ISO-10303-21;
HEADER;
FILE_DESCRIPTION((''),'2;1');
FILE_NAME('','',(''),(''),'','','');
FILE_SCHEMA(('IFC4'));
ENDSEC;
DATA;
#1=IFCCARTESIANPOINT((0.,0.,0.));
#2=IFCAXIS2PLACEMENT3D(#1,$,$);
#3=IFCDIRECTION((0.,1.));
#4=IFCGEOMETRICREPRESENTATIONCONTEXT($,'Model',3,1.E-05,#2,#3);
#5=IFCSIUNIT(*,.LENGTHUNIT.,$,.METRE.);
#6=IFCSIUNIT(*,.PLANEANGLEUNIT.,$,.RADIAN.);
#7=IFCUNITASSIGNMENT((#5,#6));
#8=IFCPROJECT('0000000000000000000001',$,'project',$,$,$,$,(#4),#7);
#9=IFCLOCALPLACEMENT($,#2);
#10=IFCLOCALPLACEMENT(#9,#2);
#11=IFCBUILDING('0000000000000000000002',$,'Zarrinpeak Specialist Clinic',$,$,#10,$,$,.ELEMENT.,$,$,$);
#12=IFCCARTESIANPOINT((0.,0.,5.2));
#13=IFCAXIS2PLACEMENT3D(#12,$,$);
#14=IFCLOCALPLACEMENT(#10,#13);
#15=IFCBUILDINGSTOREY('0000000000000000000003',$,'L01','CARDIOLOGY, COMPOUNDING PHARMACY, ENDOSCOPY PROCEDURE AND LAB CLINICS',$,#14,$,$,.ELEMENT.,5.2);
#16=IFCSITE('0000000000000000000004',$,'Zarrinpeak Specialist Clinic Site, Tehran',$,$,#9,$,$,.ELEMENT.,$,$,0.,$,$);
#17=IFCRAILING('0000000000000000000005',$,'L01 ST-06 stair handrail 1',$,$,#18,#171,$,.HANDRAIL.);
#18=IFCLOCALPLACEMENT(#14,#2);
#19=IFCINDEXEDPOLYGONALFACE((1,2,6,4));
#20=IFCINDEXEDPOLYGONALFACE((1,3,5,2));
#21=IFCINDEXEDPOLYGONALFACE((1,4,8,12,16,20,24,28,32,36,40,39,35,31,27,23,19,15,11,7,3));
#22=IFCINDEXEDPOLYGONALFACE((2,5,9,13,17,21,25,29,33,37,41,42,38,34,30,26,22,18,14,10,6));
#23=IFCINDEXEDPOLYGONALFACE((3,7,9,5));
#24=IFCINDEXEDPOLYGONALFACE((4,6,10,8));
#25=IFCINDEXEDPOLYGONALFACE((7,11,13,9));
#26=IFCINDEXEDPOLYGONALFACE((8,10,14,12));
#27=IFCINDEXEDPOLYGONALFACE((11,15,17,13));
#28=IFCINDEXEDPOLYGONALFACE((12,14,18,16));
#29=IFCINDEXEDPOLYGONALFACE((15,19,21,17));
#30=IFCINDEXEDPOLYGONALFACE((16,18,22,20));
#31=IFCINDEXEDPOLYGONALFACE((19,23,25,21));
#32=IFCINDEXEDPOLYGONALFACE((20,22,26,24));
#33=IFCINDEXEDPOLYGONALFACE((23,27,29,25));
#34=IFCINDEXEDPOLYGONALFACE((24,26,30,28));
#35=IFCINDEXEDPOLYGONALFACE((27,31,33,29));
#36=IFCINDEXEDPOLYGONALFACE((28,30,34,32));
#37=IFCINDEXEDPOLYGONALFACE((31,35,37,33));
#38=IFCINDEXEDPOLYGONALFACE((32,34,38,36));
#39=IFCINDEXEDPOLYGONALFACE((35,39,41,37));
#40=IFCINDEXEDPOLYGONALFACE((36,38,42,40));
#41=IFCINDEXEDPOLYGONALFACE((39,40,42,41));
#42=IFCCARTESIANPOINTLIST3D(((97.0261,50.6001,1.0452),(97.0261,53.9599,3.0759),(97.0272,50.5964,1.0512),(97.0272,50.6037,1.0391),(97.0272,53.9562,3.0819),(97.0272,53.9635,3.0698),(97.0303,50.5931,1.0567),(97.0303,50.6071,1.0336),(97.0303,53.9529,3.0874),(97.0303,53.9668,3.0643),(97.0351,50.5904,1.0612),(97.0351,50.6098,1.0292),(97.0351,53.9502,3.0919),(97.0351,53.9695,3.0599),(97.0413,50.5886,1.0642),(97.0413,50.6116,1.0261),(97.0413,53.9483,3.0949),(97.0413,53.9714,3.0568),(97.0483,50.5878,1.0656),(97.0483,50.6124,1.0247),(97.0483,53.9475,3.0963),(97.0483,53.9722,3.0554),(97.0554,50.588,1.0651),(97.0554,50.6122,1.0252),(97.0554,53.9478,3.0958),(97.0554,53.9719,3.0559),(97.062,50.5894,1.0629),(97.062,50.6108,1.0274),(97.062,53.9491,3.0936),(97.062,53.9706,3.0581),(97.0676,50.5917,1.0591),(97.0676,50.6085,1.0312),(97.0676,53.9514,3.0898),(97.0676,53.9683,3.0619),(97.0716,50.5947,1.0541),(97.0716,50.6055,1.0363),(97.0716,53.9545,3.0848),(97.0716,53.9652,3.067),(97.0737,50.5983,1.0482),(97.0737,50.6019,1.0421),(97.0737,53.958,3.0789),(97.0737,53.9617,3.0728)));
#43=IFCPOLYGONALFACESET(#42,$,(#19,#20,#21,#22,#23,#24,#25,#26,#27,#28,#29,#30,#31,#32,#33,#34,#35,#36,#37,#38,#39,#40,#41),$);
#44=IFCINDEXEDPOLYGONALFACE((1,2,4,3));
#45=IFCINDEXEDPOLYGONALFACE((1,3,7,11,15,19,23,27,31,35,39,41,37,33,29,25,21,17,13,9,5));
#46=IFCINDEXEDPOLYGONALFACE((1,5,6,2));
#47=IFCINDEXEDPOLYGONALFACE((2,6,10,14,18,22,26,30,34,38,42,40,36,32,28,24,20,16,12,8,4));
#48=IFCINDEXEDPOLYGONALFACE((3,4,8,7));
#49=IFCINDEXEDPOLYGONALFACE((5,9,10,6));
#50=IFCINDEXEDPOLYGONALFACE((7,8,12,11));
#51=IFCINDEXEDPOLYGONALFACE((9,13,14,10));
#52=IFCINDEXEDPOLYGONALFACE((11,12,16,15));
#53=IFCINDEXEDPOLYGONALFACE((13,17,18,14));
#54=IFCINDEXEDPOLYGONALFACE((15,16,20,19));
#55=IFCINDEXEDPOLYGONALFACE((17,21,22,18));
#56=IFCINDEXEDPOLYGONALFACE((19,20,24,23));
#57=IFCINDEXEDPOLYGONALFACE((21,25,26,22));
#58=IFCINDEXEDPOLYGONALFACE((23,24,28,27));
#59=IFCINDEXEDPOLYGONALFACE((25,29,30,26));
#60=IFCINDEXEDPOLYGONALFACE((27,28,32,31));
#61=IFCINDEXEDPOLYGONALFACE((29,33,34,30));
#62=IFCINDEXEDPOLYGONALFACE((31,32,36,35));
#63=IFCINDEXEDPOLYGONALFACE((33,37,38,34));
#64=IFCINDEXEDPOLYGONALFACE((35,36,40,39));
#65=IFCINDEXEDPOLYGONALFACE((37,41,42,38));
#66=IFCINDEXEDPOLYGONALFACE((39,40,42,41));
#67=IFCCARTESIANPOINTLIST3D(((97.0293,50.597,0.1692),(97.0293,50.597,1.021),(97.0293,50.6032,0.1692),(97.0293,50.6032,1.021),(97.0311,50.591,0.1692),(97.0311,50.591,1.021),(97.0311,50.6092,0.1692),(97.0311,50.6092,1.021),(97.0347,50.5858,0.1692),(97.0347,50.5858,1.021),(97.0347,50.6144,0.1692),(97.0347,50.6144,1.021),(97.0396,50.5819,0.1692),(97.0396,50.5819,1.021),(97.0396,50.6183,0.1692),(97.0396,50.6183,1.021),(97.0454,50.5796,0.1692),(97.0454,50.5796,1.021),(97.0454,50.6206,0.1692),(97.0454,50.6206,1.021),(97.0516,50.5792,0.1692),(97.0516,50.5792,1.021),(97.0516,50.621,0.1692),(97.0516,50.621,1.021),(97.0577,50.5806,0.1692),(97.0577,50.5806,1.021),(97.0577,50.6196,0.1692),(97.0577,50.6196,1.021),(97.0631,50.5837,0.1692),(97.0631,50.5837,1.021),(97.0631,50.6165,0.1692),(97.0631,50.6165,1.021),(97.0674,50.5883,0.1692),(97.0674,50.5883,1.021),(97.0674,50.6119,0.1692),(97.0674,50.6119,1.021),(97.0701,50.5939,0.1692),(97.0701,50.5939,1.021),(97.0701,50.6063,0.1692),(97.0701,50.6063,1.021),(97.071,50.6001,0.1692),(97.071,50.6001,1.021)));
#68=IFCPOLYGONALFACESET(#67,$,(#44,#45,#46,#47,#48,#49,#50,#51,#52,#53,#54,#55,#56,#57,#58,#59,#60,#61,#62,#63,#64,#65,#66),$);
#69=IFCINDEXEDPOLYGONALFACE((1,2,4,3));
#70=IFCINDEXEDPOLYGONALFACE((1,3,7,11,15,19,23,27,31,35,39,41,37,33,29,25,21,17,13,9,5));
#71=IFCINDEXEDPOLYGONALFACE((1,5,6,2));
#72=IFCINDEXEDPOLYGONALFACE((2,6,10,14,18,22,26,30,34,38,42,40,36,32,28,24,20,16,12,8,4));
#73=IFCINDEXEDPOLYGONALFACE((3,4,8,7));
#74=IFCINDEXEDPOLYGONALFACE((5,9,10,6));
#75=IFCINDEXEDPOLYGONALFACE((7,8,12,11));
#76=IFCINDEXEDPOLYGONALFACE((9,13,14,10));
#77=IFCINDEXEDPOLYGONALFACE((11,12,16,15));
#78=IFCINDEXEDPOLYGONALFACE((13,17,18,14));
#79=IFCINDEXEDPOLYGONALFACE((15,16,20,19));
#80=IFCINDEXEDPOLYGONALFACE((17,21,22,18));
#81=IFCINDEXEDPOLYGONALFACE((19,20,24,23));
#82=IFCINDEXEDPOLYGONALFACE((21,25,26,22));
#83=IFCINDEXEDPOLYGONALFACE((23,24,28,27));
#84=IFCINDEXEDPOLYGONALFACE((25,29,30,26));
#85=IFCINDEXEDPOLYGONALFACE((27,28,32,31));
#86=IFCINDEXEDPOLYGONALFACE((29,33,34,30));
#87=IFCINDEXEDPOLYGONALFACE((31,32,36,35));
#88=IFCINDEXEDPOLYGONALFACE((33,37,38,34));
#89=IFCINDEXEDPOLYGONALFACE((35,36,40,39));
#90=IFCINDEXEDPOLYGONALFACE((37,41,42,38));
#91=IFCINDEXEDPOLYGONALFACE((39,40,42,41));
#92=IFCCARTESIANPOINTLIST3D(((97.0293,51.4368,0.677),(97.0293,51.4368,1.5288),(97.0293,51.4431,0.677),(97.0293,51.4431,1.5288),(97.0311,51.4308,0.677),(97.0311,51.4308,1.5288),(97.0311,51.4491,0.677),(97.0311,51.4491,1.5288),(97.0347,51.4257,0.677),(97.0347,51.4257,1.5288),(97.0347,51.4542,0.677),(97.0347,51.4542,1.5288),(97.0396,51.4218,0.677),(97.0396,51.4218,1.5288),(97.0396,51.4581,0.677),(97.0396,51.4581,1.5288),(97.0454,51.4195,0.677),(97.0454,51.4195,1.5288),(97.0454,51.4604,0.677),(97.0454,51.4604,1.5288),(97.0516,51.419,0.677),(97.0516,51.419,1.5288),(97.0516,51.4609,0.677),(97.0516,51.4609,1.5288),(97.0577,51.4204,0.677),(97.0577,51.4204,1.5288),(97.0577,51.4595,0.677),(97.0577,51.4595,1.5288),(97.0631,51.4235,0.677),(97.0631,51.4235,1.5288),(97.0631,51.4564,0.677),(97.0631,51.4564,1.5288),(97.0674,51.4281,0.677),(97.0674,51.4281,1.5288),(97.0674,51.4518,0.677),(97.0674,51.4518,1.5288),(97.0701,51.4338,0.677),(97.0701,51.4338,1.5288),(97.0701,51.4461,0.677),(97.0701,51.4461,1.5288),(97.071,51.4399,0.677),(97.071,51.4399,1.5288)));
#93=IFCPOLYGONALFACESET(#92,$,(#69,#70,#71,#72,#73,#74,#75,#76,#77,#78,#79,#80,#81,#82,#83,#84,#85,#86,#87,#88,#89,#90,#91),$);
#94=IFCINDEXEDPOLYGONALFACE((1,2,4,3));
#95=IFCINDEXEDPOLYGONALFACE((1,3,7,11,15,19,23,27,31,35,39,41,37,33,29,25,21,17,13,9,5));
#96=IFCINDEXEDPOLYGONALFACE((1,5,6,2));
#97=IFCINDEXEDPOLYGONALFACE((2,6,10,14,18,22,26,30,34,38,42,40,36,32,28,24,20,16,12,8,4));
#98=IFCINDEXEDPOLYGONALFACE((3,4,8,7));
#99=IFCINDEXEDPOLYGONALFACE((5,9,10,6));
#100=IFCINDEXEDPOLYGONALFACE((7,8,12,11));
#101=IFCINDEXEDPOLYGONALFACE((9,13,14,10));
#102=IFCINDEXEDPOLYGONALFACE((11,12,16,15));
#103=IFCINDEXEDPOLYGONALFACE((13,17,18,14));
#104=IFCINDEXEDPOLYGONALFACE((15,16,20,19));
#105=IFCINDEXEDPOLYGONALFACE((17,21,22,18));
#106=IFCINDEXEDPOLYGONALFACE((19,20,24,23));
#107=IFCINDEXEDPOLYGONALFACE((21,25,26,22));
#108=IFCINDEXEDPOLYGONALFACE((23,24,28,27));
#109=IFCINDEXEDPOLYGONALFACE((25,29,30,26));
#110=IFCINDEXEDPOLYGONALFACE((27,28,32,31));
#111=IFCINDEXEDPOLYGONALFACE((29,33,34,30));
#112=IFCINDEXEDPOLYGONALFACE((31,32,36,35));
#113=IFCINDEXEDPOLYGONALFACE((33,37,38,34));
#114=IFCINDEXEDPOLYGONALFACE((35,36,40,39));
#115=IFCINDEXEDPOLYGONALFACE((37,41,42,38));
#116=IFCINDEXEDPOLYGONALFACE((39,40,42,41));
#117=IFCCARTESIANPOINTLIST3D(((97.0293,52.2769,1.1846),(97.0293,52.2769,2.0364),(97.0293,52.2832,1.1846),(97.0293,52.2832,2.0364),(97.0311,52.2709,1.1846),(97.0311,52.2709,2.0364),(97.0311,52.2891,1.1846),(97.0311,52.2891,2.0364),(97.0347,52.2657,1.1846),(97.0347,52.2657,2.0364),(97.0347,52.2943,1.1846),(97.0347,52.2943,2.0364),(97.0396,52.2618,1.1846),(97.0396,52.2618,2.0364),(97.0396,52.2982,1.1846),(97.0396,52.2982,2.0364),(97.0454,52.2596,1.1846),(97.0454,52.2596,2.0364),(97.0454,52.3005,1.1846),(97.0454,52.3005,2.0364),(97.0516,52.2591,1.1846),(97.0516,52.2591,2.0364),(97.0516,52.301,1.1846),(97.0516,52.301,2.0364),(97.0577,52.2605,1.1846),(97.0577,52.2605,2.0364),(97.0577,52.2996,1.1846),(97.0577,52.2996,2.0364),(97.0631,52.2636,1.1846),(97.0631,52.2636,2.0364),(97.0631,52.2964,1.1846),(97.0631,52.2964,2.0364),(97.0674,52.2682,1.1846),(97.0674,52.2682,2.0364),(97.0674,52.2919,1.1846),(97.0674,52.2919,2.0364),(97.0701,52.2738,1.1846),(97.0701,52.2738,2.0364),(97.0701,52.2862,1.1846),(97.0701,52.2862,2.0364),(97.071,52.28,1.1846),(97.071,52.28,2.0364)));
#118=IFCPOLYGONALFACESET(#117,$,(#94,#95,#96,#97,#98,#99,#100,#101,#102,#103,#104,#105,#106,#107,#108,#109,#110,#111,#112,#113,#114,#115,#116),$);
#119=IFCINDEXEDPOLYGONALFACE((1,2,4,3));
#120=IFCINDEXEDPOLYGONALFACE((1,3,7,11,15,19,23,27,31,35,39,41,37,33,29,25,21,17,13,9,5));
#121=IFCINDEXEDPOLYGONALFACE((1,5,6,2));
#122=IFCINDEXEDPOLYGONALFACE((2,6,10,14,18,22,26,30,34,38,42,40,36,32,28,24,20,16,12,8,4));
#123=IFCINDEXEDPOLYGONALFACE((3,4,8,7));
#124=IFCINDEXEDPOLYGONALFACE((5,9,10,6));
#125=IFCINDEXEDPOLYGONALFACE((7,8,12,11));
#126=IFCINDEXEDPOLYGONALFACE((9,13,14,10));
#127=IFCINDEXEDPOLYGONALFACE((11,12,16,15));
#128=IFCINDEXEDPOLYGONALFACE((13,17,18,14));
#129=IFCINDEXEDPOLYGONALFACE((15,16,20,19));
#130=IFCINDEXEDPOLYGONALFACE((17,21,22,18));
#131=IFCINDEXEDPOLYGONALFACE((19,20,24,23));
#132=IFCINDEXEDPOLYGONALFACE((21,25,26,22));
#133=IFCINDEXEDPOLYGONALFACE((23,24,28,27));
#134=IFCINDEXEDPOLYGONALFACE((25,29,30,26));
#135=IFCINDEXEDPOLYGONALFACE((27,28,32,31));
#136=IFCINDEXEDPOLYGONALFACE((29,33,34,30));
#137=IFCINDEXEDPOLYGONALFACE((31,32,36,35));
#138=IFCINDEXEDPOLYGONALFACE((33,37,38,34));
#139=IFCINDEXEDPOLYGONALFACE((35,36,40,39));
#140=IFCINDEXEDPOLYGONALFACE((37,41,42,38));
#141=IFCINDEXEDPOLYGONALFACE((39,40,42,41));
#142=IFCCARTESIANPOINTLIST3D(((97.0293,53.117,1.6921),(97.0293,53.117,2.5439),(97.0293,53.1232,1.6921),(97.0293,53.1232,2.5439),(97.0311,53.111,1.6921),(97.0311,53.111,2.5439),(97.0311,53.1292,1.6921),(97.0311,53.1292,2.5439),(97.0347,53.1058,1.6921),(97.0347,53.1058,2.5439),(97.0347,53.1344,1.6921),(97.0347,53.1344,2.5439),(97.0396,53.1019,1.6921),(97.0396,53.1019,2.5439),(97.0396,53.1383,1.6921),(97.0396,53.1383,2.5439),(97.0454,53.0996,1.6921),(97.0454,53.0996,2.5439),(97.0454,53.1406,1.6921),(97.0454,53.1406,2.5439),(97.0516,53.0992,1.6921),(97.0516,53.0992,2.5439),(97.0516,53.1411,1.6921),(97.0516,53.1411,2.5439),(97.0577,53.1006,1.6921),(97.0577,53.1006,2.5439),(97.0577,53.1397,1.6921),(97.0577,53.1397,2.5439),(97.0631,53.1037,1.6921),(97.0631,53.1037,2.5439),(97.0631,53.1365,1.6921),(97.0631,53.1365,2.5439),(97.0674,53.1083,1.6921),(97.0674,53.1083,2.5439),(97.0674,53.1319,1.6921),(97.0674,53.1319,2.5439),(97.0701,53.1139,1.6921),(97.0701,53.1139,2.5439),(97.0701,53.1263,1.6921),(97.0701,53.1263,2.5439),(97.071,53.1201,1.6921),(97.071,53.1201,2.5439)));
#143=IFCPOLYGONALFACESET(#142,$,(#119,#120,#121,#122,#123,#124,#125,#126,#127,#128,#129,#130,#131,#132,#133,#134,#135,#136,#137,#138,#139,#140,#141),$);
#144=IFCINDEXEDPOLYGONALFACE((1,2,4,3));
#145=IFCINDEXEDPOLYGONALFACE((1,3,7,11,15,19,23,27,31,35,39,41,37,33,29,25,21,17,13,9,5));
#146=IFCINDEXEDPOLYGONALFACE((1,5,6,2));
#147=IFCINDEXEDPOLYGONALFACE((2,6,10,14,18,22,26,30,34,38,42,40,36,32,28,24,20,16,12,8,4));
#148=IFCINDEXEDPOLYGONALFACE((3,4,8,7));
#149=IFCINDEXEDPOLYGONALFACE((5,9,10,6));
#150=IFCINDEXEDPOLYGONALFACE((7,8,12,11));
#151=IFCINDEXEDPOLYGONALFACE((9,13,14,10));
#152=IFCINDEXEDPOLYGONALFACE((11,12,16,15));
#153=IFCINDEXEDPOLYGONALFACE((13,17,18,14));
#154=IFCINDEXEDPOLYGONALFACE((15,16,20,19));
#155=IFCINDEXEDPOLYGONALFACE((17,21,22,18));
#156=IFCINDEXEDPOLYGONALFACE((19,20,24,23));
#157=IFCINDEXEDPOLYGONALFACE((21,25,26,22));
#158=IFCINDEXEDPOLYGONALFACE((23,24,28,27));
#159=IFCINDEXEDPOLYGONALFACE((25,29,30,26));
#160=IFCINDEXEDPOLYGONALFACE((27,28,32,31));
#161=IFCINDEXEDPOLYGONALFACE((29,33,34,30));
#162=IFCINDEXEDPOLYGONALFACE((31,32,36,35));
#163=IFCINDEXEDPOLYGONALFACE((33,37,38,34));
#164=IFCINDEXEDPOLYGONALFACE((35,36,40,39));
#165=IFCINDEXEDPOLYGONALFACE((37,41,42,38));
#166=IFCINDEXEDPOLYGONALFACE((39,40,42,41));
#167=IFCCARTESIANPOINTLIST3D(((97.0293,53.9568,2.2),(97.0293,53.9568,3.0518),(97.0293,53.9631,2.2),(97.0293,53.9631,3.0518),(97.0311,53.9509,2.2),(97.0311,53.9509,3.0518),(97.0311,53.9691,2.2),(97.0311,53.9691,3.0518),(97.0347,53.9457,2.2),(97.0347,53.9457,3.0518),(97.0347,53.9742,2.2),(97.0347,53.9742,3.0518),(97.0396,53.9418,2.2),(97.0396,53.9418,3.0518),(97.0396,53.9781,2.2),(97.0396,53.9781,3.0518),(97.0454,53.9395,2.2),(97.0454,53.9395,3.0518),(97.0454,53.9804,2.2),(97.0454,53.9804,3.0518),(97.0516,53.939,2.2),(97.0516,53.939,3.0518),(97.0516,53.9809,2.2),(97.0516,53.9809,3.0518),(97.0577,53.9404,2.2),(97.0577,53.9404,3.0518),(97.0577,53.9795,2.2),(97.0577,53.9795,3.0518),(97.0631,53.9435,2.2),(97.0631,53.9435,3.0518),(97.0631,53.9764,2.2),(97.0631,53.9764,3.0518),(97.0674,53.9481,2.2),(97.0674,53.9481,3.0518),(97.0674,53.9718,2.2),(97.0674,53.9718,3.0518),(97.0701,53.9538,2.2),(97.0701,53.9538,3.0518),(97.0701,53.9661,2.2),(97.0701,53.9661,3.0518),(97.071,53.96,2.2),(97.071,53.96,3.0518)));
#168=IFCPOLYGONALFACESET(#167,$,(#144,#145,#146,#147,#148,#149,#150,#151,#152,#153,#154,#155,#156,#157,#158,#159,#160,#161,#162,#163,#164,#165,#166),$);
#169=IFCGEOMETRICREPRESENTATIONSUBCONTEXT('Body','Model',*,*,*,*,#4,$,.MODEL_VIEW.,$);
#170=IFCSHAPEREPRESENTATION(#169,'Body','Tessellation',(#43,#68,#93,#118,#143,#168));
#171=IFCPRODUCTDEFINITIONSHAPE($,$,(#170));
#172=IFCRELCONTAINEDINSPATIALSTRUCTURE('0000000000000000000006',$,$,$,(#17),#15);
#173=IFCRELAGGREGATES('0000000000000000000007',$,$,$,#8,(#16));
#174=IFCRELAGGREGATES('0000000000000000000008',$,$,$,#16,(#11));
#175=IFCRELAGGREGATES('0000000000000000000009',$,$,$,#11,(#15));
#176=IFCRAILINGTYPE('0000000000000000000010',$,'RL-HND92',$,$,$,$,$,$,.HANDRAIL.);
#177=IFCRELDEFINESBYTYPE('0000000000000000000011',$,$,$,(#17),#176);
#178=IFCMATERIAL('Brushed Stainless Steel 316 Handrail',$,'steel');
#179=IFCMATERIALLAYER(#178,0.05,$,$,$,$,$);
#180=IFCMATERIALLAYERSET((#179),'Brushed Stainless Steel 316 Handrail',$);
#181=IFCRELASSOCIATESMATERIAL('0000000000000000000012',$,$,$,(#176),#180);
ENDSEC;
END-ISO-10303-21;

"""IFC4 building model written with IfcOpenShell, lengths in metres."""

from ifc_helpers import new_model, si_unit, direction, frame, origin, origin_2d, place, context, subcontext, project, spatial, circle, extrude, material, layer, layer_set, type_object, element, save


model = new_model("IFC4")

# Units and contexts
model_context = context("Model", 3, precision=1e-05, world=origin(), true_north=direction((0.0, 1.0)))
body_context = subcontext(model_context, "Body", "Model", "MODEL_VIEW")
ifc_project = project(units=[si_unit("LENGTHUNIT", "METRE"), si_unit("PLANEANGLEUNIT", "RADIAN")], contexts=[model_context])

# Site, building, storey
site_placement = place(None, origin())
site = spatial("IfcSite", under=ifc_project, at=site_placement, Name="Zarrinpeak Specialist Clinic Site, Tehran", CompositionType="ELEMENT", RefElevation=0.0)
building_placement = place(site_placement, origin())
building = spatial("IfcBuilding", under=site, at=building_placement, Name="Zarrinpeak Specialist Clinic", CompositionType="ELEMENT")
storey_placement = place(building_placement, frame((0.0, 0.0, 5.2)))
storey = spatial("IfcBuildingStorey", under=building, at=storey_placement, Name="L01", Description="CARDIOLOGY, COMPOUNDING PHARMACY, ENDOSCOPY PROCEDURE AND LAB CLINICS", CompositionType="ELEMENT", Elevation=5.2)

# Railing
ifc_material_1 = material(Name="Brushed Stainless Steel 316 Handrail", Category="steel")
ifc_layer_1 = layer(ifc_material_1, 0.05)
ifc_layer_set_1 = layer_set([ifc_layer_1], Name="Brushed Stainless Steel 316 Handrail")
railing_type_1 = type_object("IfcRailingType", Name="RL-HND92", PredefinedType="HANDRAIL", material=ifc_layer_set_1)
railing_1_placement = place(storey_placement, frame((97.05, 50.6001, 0.1692)))
element("IfcRailing", 1, at=railing_1_placement, inside=storey, type_object=railing_type_1, Name="L01 ST-06 stair handrail 1", PredefinedType="HANDRAIL", context=body_context, shape_type="SweptSolid", body=[
    extrude(circle(Radius=0.0239, at=origin_2d()), frame((0.0, 0.0, 0.876), z_axis=(0.0, 0.85582, 0.517273), x_axis=(-1.0, 0.0, 0.0)), (0.0, 0.0, 1.0), 3.9258),
    extrude(circle(Radius=0.021, at=origin_2d()), origin(), (0.0, 0.0, 1.0), 0.8518),
    extrude(circle(Radius=0.021, at=origin_2d()), frame((0.0, 0.8398, 0.5078)), (0.0, 0.0, 1.0), 0.8518),
    extrude(circle(Radius=0.021, at=origin_2d()), frame((0.0, 1.6799, 1.0154)), (0.0, 0.0, 1.0), 0.8518),
    extrude(circle(Radius=0.021, at=origin_2d()), frame((0.0, 2.52, 1.5229)), (0.0, 0.0, 1.0), 0.8518),
    extrude(circle(Radius=0.021, at=origin_2d()), frame((0.0, 3.3599, 2.0308)), (0.0, 0.0, 1.0), 0.8518),
])

save(model, "model.ifc")
